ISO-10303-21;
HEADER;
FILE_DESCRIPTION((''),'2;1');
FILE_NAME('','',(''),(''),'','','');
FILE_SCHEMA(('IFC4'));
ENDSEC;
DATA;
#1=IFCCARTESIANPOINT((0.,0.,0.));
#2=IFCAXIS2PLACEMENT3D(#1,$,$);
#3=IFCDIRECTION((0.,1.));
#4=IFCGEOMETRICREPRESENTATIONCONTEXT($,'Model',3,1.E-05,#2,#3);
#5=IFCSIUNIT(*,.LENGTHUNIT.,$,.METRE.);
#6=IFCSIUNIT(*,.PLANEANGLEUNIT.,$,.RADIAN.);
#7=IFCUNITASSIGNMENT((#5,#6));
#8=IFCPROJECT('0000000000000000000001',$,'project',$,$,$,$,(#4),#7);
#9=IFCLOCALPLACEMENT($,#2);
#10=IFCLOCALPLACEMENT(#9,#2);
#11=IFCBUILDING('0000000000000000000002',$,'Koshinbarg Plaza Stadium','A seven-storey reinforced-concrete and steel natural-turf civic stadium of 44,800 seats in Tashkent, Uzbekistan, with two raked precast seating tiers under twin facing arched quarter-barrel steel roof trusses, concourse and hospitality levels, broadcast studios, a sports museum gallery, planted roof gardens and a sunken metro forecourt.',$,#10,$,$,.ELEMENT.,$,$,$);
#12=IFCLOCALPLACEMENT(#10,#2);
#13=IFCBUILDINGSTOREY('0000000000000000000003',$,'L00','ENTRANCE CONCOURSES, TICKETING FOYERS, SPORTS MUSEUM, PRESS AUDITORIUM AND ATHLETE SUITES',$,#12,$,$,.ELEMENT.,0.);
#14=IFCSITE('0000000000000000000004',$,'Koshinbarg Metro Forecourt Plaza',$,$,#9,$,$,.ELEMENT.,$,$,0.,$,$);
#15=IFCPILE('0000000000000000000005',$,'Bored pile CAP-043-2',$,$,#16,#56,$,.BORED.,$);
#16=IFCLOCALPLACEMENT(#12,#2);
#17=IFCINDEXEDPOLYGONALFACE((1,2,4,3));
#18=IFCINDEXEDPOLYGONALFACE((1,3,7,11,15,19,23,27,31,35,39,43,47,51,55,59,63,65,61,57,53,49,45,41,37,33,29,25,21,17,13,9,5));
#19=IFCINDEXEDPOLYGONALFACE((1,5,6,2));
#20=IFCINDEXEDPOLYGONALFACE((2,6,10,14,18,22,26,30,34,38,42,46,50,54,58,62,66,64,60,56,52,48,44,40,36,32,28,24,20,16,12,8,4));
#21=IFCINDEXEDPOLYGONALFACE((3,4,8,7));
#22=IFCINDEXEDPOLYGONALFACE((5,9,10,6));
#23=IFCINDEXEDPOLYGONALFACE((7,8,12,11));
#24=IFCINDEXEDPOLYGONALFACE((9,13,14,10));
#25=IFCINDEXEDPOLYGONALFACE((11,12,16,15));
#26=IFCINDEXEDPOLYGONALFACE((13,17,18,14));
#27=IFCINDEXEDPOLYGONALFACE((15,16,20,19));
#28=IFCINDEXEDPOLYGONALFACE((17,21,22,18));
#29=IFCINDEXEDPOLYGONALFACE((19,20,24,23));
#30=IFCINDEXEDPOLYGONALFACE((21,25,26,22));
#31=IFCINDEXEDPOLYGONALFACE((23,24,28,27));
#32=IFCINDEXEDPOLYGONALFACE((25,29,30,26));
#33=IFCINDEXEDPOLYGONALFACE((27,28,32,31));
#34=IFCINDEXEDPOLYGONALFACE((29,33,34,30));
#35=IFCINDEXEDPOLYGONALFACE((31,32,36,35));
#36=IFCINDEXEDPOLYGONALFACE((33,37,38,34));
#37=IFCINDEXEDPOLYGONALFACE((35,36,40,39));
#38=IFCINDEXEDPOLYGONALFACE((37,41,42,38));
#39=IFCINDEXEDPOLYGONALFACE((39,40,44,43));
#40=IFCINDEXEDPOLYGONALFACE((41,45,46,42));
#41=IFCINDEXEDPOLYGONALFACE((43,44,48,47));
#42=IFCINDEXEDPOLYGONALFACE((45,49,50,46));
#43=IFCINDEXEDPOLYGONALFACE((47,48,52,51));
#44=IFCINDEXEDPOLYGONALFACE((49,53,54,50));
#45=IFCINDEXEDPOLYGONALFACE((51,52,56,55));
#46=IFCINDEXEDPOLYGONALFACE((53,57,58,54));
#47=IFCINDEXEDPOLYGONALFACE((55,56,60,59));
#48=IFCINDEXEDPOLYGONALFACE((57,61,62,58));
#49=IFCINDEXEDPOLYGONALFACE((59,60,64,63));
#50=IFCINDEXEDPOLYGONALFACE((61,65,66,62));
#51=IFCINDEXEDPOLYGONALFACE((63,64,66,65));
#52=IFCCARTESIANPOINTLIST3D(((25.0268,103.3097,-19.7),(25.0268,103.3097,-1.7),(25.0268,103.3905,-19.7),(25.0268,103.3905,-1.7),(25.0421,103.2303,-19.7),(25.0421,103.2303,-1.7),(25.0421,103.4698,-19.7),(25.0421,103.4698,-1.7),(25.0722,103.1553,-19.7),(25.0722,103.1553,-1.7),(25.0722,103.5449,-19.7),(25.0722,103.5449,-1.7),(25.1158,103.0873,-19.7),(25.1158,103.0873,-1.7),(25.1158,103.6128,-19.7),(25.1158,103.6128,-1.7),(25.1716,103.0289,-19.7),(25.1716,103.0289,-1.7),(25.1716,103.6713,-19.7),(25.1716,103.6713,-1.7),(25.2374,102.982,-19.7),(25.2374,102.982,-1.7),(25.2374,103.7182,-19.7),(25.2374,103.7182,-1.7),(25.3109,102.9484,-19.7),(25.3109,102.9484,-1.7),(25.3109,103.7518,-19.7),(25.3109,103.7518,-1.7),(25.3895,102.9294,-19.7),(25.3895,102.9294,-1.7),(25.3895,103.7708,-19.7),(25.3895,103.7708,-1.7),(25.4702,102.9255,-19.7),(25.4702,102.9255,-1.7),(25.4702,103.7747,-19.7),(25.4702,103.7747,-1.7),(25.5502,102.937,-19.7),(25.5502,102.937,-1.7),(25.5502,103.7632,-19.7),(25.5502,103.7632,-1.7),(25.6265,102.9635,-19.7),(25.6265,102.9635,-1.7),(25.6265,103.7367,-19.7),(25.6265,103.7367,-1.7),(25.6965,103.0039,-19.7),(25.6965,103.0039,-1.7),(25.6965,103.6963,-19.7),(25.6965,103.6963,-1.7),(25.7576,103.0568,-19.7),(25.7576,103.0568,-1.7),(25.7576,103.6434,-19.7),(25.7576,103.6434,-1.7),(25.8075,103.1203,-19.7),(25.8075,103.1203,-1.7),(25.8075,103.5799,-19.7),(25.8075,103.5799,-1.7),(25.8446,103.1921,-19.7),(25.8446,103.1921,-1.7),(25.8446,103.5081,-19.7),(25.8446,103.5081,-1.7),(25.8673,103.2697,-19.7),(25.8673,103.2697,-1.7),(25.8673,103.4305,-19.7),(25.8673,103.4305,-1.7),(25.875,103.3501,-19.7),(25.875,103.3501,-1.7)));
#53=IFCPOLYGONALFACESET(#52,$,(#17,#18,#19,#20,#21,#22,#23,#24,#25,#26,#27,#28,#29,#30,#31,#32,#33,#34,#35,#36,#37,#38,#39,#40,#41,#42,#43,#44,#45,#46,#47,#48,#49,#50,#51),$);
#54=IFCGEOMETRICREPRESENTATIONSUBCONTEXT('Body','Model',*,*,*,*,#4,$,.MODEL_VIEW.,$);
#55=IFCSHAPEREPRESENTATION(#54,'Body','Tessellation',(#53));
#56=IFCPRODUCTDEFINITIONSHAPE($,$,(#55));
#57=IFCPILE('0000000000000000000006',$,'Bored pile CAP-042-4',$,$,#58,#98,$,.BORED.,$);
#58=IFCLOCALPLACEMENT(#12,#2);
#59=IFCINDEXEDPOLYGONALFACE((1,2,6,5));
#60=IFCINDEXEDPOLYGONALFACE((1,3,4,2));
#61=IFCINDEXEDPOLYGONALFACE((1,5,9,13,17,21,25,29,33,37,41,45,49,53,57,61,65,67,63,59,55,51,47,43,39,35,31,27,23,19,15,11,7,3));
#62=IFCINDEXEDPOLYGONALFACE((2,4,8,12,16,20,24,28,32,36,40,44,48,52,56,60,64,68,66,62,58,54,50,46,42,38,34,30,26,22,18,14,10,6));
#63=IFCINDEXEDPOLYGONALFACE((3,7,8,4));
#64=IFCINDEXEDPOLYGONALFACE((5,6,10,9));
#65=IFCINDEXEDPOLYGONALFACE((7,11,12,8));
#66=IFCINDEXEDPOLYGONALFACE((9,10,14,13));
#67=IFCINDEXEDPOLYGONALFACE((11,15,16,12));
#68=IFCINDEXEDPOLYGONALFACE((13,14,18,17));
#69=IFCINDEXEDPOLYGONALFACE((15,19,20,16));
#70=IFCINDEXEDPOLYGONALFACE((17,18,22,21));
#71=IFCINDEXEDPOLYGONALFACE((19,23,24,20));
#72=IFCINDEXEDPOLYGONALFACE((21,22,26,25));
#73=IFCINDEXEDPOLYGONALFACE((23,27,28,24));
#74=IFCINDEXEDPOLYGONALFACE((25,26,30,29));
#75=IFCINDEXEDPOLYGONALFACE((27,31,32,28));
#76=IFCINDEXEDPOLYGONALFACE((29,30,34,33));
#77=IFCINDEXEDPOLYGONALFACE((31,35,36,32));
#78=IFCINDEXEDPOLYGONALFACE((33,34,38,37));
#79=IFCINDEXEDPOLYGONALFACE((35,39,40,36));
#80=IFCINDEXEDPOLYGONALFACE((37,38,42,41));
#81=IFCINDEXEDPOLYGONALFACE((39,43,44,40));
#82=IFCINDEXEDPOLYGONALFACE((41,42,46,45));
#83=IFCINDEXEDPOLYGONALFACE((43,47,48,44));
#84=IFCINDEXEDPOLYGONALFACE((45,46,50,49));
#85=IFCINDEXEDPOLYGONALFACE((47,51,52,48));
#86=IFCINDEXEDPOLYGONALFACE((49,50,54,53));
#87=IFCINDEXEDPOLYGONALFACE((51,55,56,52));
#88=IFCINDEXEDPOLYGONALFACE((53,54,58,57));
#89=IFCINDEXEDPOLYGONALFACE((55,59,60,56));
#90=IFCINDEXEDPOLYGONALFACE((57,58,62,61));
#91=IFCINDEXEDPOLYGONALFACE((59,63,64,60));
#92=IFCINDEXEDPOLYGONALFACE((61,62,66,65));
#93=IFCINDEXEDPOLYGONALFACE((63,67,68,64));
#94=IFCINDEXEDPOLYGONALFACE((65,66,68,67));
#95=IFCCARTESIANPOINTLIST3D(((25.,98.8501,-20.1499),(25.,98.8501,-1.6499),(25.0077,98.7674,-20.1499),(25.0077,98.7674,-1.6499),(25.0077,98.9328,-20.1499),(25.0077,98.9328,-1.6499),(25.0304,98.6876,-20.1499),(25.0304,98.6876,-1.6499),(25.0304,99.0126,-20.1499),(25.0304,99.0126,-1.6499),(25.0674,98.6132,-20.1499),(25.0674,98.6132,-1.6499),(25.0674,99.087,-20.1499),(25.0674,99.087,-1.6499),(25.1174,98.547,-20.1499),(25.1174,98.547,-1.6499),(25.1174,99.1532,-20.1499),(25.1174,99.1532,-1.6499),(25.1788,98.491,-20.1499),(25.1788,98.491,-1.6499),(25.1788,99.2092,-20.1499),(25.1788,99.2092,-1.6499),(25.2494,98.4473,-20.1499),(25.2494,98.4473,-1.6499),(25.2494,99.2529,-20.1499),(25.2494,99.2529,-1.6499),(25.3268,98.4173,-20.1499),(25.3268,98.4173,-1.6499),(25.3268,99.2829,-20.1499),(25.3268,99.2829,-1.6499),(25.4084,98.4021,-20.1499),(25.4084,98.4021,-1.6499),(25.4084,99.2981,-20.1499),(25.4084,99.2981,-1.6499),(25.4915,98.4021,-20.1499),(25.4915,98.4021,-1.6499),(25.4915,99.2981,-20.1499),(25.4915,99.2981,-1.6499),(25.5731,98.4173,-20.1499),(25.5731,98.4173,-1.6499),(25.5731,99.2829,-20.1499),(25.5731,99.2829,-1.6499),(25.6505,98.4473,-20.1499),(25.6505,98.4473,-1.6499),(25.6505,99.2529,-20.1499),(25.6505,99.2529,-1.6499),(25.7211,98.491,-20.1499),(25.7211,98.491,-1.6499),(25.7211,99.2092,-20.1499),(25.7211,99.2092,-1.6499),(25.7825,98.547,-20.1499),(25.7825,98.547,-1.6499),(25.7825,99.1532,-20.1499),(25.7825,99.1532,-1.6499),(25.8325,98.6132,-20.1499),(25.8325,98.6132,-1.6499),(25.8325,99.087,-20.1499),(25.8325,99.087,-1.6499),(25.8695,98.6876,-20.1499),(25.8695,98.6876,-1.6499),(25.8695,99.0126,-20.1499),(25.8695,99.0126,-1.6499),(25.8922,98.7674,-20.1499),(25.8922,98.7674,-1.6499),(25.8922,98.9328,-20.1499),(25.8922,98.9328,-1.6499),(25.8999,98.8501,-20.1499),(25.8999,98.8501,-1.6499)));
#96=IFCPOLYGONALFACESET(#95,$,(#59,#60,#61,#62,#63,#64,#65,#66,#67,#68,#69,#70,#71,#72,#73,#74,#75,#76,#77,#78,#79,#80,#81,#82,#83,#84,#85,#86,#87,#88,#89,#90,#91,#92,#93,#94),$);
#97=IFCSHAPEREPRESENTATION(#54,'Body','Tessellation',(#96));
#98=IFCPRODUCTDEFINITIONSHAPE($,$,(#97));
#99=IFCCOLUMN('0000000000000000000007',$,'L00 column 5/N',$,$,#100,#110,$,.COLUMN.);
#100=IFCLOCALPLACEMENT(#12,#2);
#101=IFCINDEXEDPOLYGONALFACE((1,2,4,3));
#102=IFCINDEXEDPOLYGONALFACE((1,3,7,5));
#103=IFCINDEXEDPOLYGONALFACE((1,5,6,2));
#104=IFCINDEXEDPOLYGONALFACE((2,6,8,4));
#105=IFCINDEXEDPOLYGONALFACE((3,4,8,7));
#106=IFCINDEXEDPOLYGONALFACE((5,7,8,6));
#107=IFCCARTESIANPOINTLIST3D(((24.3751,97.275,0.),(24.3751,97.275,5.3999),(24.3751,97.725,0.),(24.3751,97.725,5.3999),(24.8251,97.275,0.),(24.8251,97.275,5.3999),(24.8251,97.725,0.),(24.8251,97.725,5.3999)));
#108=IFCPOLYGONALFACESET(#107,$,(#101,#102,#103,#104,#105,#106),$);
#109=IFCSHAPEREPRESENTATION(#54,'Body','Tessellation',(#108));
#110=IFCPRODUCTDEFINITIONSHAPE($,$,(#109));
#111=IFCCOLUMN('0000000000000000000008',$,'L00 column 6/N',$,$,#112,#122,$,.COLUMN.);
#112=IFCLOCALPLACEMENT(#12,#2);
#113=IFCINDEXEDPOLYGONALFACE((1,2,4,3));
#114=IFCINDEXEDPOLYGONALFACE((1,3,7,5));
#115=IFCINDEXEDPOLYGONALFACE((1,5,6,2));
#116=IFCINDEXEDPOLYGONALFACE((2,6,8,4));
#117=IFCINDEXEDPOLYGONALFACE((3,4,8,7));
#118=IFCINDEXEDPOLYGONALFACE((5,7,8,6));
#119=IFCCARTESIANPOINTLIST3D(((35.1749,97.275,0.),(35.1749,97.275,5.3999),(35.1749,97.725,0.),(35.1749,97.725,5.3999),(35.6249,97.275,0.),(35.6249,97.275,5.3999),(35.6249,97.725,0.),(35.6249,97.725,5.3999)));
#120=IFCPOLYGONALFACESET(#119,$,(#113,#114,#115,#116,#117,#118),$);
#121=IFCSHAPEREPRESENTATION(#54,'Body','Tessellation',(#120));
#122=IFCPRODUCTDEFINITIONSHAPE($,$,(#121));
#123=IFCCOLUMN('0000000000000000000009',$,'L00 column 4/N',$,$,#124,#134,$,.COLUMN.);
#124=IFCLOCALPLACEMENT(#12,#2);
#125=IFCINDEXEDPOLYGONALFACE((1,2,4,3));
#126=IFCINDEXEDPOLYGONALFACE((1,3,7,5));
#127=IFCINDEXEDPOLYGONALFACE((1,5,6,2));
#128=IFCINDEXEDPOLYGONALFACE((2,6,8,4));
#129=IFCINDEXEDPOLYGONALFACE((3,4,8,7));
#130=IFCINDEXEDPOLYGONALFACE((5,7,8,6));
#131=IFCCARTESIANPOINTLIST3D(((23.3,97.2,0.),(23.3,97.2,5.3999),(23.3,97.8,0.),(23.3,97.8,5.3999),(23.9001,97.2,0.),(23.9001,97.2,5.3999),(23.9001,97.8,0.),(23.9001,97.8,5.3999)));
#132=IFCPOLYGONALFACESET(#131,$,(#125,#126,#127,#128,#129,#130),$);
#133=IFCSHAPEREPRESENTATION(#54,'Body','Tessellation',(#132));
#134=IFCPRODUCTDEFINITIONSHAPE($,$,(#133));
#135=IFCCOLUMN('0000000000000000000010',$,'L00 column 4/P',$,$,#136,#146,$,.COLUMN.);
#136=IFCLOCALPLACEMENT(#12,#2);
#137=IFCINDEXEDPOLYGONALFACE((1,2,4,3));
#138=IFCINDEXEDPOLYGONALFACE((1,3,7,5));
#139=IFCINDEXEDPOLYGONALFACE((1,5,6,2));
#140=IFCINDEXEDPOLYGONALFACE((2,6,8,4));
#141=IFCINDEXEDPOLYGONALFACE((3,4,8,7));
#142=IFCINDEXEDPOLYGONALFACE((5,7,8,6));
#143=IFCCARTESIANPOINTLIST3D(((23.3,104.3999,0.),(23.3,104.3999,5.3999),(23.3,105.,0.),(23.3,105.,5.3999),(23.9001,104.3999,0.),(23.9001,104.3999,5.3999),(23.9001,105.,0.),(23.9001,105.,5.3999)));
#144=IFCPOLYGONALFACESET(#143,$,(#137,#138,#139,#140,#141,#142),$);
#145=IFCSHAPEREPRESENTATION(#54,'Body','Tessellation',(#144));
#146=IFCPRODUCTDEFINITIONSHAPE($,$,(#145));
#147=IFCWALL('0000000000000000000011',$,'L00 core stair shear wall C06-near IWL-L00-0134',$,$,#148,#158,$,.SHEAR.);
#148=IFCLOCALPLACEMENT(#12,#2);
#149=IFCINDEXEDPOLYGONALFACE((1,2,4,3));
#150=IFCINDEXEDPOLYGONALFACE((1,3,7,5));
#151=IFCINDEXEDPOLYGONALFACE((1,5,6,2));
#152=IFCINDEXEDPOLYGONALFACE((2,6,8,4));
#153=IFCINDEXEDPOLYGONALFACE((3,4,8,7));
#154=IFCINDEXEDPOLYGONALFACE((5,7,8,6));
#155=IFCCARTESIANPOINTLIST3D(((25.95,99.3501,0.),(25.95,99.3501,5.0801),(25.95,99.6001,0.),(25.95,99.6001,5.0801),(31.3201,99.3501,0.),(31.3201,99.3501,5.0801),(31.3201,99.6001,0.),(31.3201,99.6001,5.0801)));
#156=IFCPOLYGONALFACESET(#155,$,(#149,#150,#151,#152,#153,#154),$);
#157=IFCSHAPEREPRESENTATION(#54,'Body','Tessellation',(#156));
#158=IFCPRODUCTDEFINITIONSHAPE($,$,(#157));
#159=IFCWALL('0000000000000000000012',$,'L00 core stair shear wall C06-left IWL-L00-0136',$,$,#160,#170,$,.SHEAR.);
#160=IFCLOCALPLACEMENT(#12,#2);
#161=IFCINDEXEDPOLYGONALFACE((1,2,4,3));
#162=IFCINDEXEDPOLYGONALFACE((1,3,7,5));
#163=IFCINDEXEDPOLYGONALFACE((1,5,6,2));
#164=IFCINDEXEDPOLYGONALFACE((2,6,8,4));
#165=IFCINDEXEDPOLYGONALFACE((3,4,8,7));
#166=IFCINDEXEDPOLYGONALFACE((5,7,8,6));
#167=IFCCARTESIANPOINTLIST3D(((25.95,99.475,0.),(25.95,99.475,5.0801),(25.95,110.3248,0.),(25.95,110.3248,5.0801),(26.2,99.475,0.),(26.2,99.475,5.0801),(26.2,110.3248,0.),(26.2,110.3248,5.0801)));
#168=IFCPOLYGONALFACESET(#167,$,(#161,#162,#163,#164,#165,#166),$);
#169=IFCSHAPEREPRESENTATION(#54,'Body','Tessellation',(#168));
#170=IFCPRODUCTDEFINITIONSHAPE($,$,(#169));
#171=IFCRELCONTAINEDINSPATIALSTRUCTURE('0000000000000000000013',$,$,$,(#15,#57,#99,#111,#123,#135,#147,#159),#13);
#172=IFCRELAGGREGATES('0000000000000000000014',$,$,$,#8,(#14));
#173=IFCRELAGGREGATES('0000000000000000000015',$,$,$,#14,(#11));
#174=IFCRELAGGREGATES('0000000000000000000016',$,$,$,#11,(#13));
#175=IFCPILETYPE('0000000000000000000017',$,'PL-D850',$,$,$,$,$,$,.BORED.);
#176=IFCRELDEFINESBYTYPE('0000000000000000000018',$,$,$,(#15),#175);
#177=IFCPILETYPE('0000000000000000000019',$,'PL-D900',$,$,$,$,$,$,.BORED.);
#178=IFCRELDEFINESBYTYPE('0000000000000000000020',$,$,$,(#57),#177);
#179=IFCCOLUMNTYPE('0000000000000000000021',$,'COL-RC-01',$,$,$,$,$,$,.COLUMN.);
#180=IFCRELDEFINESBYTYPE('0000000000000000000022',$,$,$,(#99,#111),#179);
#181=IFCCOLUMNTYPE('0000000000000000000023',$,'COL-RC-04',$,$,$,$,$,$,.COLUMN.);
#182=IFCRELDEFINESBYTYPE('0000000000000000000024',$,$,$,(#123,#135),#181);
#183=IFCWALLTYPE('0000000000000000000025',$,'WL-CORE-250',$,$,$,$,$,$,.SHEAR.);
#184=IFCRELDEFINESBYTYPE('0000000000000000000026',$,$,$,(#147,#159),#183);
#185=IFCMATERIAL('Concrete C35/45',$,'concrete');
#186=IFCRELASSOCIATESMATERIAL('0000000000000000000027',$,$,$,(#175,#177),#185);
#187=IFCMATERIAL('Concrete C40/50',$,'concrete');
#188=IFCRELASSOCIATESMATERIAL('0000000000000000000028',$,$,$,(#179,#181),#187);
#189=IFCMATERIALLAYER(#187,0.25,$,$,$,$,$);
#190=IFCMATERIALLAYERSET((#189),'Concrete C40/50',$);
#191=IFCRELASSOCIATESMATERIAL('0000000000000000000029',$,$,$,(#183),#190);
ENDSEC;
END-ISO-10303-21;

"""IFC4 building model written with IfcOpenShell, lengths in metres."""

from ifc_helpers import new_model, si_unit, direction, frame, frame_2d, origin, origin_2d, place, context, subcontext, project, spatial, rectangle, circle, extrude, material, layer, layer_set, material_profile, profile_set, type_object, element, save


model = new_model("IFC4")

# Units and contexts
model_context = context("Model", 3, precision=1e-05, world=origin(), true_north=direction((0.0, 1.0)))
body_context = subcontext(model_context, "Body", "Model", "MODEL_VIEW")
ifc_project = project(units=[si_unit("LENGTHUNIT", "METRE"), si_unit("PLANEANGLEUNIT", "RADIAN")], contexts=[model_context])

# Site, building, storey
site_placement = place(None, origin())
site = spatial("IfcSite", under=ifc_project, at=site_placement, Name="Koshinbarg Metro Forecourt Plaza", CompositionType="ELEMENT", RefElevation=0.0)
building_placement = place(site_placement, origin())
building = spatial("IfcBuilding", under=site, at=building_placement, Name="Koshinbarg Plaza Stadium", Description="A seven-storey reinforced-concrete and steel natural-turf civic stadium of 44,800 seats in Tashkent, Uzbekistan, with two raked precast seating tiers under twin facing arched quarter-barrel steel roof trusses, concourse and hospitality levels, broadcast studios, a sports museum gallery, planted roof gardens and a sunken metro forecourt.", CompositionType="ELEMENT")
storey_placement = place(building_placement, origin())
storey = spatial("IfcBuildingStorey", under=building, at=storey_placement, Name="L00", Description="ENTRANCE CONCOURSES, TICKETING FOYERS, SPORTS MUSEUM, PRESS AUDITORIUM AND ATHLETE SUITES", CompositionType="ELEMENT", Elevation=0.0)

# Shared definitions
ifc_material_1 = material(Name="Concrete C35/45", Category="concrete")

# Piles
ifc_material_profile_1 = material_profile(ifc_material_1, circle(Radius=0.425, at=origin_2d()), Name="PILE D850")
ifc_profile_set_1 = profile_set([ifc_material_profile_1], Name="Concrete C35/45")
pile_type_1 = type_object("IfcPileType", Name="PL-D850", PredefinedType="BORED", material=ifc_profile_set_1)
pile_1_placement = place(storey_placement, frame((25.45, 103.3501, -1.7), z_axis=(0.0, 0.0, -1.0), x_axis=(1.0, 0.0, 0.0)))
element("IfcPile", 1, at=pile_1_placement, inside=storey, type_object=pile_type_1, Name="Bored pile CAP-043-2", PredefinedType="BORED", context=body_context, shape_type="SweptSolid", body=[
    extrude(circle(Radius=0.425, at=origin_2d()), origin(), (0.0, 0.0, 1.0), 18.0),
])
ifc_material_profile_2 = material_profile(ifc_material_1, circle(Radius=0.45, at=origin_2d()), Name="PILE D900")
ifc_profile_set_2 = profile_set([ifc_material_profile_2], Name="Concrete C35/45")
pile_type_2 = type_object("IfcPileType", Name="PL-D900", PredefinedType="BORED", material=ifc_profile_set_2)
pile_2_placement = place(storey_placement, frame((25.45, 98.8501, -1.6499), z_axis=(0.0, 0.0, -1.0), x_axis=(1.0, 0.0, 0.0)))
element("IfcPile", 2, at=pile_2_placement, inside=storey, type_object=pile_type_2, Name="Bored pile CAP-042-4", PredefinedType="BORED", context=body_context, shape_type="SweptSolid", body=[
    extrude(circle(Radius=0.45, at=origin_2d()), origin(), (0.0, 0.0, 1.0), 18.5),
])

# Columns
ifc_material_2 = material(Name="Concrete C40/50", Category="concrete")
ifc_material_profile_3 = material_profile(ifc_material_2, rectangle(XDim=0.45, YDim=0.45, at=origin_2d()), Name="RC 450x450")
ifc_profile_set_3 = profile_set([ifc_material_profile_3], Name="Concrete C40/50")
column_type_1 = type_object("IfcColumnType", Name="COL-RC-01", PredefinedType="COLUMN", material=ifc_profile_set_3)
for number, where, z_axis, x_axis, name in (
    (3, (24.6001, 97.5, 0.0), (0.0, 0.0, 1.0), (1.0, 0.0, 0.0), "L00 column 5/N"),
    (4, (35.3999, 97.5, 0.0), (0.0, 0.0, 1.0), (1.0, 0.0, 0.0), "L00 column 6/N"),
):
    element("IfcColumn", number, at=place(storey_placement, frame(where, z_axis=z_axis, x_axis=x_axis)), inside=storey, type_object=column_type_1, Name=name, PredefinedType="COLUMN", context=body_context, shape_type="SweptSolid", body=[
        extrude(rectangle(XDim=0.45, YDim=0.45, at=origin_2d()), origin(), (0.0, 0.0, 1.0), 5.3999),
    ])
ifc_material_profile_4 = material_profile(ifc_material_2, rectangle(XDim=0.6001, YDim=0.6001, at=origin_2d()), Name="RC 600x600")
ifc_profile_set_4 = profile_set([ifc_material_profile_4], Name="Concrete C40/50")
column_type_2 = type_object("IfcColumnType", Name="COL-RC-04", PredefinedType="COLUMN", material=ifc_profile_set_4)
for number, where, z_axis, x_axis, name in (
    (5, (23.6001, 97.5, 0.0), (0.0, 0.0, 1.0), (1.0, 0.0, 0.0), "L00 column 4/N"),
    (6, (23.6001, 104.7, 0.0), (0.0, 0.0, 1.0), (1.0, 0.0, 0.0), "L00 column 4/P"),
):
    element("IfcColumn", number, at=place(storey_placement, frame(where, z_axis=z_axis, x_axis=x_axis)), inside=storey, type_object=column_type_2, Name=name, PredefinedType="COLUMN", context=body_context, shape_type="SweptSolid", body=[
        extrude(rectangle(XDim=0.6001, YDim=0.6001, at=origin_2d()), origin(), (0.0, 0.0, 1.0), 5.3999),
    ])

# Walls
ifc_layer_1 = layer(ifc_material_2, 0.25)
ifc_layer_set_1 = layer_set([ifc_layer_1], Name="Concrete C40/50")
wall_type_1 = type_object("IfcWallType", Name="WL-CORE-250", PredefinedType="SHEAR", material=ifc_layer_set_1)
wall_1_placement = place(storey_placement, frame((25.95, 99.4751, 0.0), z_axis=(0.0, 0.0, 1.0), x_axis=(1.0, 0.0, 0.0)))
element("IfcWall", 7, at=wall_1_placement, inside=storey, type_object=wall_type_1, Name="L00 core stair shear wall C06-near IWL-L00-0134", PredefinedType="SHEAR", context=body_context, shape_type="SweptSolid", body=[
    extrude(rectangle(XDim=5.3701, YDim=0.25, at=frame_2d((2.6851, 0.0))), origin(), (0.0, 0.0, 1.0), 5.0801),
])
wall_2_placement = place(storey_placement, frame((26.075, 99.4751, 0.0), z_axis=(0.0, 0.0, 1.0), x_axis=(0.0, 1.0, 0.0)))
element("IfcWall", 8, at=wall_2_placement, inside=storey, type_object=wall_type_1, Name="L00 core stair shear wall C06-left IWL-L00-0136", PredefinedType="SHEAR", context=body_context, shape_type="SweptSolid", body=[
    extrude(rectangle(XDim=10.8499, YDim=0.25, at=frame_2d((5.4248, 0.0))), origin(), (0.0, 0.0, 1.0), 5.0801),
])

save(model, "model.ifc")
